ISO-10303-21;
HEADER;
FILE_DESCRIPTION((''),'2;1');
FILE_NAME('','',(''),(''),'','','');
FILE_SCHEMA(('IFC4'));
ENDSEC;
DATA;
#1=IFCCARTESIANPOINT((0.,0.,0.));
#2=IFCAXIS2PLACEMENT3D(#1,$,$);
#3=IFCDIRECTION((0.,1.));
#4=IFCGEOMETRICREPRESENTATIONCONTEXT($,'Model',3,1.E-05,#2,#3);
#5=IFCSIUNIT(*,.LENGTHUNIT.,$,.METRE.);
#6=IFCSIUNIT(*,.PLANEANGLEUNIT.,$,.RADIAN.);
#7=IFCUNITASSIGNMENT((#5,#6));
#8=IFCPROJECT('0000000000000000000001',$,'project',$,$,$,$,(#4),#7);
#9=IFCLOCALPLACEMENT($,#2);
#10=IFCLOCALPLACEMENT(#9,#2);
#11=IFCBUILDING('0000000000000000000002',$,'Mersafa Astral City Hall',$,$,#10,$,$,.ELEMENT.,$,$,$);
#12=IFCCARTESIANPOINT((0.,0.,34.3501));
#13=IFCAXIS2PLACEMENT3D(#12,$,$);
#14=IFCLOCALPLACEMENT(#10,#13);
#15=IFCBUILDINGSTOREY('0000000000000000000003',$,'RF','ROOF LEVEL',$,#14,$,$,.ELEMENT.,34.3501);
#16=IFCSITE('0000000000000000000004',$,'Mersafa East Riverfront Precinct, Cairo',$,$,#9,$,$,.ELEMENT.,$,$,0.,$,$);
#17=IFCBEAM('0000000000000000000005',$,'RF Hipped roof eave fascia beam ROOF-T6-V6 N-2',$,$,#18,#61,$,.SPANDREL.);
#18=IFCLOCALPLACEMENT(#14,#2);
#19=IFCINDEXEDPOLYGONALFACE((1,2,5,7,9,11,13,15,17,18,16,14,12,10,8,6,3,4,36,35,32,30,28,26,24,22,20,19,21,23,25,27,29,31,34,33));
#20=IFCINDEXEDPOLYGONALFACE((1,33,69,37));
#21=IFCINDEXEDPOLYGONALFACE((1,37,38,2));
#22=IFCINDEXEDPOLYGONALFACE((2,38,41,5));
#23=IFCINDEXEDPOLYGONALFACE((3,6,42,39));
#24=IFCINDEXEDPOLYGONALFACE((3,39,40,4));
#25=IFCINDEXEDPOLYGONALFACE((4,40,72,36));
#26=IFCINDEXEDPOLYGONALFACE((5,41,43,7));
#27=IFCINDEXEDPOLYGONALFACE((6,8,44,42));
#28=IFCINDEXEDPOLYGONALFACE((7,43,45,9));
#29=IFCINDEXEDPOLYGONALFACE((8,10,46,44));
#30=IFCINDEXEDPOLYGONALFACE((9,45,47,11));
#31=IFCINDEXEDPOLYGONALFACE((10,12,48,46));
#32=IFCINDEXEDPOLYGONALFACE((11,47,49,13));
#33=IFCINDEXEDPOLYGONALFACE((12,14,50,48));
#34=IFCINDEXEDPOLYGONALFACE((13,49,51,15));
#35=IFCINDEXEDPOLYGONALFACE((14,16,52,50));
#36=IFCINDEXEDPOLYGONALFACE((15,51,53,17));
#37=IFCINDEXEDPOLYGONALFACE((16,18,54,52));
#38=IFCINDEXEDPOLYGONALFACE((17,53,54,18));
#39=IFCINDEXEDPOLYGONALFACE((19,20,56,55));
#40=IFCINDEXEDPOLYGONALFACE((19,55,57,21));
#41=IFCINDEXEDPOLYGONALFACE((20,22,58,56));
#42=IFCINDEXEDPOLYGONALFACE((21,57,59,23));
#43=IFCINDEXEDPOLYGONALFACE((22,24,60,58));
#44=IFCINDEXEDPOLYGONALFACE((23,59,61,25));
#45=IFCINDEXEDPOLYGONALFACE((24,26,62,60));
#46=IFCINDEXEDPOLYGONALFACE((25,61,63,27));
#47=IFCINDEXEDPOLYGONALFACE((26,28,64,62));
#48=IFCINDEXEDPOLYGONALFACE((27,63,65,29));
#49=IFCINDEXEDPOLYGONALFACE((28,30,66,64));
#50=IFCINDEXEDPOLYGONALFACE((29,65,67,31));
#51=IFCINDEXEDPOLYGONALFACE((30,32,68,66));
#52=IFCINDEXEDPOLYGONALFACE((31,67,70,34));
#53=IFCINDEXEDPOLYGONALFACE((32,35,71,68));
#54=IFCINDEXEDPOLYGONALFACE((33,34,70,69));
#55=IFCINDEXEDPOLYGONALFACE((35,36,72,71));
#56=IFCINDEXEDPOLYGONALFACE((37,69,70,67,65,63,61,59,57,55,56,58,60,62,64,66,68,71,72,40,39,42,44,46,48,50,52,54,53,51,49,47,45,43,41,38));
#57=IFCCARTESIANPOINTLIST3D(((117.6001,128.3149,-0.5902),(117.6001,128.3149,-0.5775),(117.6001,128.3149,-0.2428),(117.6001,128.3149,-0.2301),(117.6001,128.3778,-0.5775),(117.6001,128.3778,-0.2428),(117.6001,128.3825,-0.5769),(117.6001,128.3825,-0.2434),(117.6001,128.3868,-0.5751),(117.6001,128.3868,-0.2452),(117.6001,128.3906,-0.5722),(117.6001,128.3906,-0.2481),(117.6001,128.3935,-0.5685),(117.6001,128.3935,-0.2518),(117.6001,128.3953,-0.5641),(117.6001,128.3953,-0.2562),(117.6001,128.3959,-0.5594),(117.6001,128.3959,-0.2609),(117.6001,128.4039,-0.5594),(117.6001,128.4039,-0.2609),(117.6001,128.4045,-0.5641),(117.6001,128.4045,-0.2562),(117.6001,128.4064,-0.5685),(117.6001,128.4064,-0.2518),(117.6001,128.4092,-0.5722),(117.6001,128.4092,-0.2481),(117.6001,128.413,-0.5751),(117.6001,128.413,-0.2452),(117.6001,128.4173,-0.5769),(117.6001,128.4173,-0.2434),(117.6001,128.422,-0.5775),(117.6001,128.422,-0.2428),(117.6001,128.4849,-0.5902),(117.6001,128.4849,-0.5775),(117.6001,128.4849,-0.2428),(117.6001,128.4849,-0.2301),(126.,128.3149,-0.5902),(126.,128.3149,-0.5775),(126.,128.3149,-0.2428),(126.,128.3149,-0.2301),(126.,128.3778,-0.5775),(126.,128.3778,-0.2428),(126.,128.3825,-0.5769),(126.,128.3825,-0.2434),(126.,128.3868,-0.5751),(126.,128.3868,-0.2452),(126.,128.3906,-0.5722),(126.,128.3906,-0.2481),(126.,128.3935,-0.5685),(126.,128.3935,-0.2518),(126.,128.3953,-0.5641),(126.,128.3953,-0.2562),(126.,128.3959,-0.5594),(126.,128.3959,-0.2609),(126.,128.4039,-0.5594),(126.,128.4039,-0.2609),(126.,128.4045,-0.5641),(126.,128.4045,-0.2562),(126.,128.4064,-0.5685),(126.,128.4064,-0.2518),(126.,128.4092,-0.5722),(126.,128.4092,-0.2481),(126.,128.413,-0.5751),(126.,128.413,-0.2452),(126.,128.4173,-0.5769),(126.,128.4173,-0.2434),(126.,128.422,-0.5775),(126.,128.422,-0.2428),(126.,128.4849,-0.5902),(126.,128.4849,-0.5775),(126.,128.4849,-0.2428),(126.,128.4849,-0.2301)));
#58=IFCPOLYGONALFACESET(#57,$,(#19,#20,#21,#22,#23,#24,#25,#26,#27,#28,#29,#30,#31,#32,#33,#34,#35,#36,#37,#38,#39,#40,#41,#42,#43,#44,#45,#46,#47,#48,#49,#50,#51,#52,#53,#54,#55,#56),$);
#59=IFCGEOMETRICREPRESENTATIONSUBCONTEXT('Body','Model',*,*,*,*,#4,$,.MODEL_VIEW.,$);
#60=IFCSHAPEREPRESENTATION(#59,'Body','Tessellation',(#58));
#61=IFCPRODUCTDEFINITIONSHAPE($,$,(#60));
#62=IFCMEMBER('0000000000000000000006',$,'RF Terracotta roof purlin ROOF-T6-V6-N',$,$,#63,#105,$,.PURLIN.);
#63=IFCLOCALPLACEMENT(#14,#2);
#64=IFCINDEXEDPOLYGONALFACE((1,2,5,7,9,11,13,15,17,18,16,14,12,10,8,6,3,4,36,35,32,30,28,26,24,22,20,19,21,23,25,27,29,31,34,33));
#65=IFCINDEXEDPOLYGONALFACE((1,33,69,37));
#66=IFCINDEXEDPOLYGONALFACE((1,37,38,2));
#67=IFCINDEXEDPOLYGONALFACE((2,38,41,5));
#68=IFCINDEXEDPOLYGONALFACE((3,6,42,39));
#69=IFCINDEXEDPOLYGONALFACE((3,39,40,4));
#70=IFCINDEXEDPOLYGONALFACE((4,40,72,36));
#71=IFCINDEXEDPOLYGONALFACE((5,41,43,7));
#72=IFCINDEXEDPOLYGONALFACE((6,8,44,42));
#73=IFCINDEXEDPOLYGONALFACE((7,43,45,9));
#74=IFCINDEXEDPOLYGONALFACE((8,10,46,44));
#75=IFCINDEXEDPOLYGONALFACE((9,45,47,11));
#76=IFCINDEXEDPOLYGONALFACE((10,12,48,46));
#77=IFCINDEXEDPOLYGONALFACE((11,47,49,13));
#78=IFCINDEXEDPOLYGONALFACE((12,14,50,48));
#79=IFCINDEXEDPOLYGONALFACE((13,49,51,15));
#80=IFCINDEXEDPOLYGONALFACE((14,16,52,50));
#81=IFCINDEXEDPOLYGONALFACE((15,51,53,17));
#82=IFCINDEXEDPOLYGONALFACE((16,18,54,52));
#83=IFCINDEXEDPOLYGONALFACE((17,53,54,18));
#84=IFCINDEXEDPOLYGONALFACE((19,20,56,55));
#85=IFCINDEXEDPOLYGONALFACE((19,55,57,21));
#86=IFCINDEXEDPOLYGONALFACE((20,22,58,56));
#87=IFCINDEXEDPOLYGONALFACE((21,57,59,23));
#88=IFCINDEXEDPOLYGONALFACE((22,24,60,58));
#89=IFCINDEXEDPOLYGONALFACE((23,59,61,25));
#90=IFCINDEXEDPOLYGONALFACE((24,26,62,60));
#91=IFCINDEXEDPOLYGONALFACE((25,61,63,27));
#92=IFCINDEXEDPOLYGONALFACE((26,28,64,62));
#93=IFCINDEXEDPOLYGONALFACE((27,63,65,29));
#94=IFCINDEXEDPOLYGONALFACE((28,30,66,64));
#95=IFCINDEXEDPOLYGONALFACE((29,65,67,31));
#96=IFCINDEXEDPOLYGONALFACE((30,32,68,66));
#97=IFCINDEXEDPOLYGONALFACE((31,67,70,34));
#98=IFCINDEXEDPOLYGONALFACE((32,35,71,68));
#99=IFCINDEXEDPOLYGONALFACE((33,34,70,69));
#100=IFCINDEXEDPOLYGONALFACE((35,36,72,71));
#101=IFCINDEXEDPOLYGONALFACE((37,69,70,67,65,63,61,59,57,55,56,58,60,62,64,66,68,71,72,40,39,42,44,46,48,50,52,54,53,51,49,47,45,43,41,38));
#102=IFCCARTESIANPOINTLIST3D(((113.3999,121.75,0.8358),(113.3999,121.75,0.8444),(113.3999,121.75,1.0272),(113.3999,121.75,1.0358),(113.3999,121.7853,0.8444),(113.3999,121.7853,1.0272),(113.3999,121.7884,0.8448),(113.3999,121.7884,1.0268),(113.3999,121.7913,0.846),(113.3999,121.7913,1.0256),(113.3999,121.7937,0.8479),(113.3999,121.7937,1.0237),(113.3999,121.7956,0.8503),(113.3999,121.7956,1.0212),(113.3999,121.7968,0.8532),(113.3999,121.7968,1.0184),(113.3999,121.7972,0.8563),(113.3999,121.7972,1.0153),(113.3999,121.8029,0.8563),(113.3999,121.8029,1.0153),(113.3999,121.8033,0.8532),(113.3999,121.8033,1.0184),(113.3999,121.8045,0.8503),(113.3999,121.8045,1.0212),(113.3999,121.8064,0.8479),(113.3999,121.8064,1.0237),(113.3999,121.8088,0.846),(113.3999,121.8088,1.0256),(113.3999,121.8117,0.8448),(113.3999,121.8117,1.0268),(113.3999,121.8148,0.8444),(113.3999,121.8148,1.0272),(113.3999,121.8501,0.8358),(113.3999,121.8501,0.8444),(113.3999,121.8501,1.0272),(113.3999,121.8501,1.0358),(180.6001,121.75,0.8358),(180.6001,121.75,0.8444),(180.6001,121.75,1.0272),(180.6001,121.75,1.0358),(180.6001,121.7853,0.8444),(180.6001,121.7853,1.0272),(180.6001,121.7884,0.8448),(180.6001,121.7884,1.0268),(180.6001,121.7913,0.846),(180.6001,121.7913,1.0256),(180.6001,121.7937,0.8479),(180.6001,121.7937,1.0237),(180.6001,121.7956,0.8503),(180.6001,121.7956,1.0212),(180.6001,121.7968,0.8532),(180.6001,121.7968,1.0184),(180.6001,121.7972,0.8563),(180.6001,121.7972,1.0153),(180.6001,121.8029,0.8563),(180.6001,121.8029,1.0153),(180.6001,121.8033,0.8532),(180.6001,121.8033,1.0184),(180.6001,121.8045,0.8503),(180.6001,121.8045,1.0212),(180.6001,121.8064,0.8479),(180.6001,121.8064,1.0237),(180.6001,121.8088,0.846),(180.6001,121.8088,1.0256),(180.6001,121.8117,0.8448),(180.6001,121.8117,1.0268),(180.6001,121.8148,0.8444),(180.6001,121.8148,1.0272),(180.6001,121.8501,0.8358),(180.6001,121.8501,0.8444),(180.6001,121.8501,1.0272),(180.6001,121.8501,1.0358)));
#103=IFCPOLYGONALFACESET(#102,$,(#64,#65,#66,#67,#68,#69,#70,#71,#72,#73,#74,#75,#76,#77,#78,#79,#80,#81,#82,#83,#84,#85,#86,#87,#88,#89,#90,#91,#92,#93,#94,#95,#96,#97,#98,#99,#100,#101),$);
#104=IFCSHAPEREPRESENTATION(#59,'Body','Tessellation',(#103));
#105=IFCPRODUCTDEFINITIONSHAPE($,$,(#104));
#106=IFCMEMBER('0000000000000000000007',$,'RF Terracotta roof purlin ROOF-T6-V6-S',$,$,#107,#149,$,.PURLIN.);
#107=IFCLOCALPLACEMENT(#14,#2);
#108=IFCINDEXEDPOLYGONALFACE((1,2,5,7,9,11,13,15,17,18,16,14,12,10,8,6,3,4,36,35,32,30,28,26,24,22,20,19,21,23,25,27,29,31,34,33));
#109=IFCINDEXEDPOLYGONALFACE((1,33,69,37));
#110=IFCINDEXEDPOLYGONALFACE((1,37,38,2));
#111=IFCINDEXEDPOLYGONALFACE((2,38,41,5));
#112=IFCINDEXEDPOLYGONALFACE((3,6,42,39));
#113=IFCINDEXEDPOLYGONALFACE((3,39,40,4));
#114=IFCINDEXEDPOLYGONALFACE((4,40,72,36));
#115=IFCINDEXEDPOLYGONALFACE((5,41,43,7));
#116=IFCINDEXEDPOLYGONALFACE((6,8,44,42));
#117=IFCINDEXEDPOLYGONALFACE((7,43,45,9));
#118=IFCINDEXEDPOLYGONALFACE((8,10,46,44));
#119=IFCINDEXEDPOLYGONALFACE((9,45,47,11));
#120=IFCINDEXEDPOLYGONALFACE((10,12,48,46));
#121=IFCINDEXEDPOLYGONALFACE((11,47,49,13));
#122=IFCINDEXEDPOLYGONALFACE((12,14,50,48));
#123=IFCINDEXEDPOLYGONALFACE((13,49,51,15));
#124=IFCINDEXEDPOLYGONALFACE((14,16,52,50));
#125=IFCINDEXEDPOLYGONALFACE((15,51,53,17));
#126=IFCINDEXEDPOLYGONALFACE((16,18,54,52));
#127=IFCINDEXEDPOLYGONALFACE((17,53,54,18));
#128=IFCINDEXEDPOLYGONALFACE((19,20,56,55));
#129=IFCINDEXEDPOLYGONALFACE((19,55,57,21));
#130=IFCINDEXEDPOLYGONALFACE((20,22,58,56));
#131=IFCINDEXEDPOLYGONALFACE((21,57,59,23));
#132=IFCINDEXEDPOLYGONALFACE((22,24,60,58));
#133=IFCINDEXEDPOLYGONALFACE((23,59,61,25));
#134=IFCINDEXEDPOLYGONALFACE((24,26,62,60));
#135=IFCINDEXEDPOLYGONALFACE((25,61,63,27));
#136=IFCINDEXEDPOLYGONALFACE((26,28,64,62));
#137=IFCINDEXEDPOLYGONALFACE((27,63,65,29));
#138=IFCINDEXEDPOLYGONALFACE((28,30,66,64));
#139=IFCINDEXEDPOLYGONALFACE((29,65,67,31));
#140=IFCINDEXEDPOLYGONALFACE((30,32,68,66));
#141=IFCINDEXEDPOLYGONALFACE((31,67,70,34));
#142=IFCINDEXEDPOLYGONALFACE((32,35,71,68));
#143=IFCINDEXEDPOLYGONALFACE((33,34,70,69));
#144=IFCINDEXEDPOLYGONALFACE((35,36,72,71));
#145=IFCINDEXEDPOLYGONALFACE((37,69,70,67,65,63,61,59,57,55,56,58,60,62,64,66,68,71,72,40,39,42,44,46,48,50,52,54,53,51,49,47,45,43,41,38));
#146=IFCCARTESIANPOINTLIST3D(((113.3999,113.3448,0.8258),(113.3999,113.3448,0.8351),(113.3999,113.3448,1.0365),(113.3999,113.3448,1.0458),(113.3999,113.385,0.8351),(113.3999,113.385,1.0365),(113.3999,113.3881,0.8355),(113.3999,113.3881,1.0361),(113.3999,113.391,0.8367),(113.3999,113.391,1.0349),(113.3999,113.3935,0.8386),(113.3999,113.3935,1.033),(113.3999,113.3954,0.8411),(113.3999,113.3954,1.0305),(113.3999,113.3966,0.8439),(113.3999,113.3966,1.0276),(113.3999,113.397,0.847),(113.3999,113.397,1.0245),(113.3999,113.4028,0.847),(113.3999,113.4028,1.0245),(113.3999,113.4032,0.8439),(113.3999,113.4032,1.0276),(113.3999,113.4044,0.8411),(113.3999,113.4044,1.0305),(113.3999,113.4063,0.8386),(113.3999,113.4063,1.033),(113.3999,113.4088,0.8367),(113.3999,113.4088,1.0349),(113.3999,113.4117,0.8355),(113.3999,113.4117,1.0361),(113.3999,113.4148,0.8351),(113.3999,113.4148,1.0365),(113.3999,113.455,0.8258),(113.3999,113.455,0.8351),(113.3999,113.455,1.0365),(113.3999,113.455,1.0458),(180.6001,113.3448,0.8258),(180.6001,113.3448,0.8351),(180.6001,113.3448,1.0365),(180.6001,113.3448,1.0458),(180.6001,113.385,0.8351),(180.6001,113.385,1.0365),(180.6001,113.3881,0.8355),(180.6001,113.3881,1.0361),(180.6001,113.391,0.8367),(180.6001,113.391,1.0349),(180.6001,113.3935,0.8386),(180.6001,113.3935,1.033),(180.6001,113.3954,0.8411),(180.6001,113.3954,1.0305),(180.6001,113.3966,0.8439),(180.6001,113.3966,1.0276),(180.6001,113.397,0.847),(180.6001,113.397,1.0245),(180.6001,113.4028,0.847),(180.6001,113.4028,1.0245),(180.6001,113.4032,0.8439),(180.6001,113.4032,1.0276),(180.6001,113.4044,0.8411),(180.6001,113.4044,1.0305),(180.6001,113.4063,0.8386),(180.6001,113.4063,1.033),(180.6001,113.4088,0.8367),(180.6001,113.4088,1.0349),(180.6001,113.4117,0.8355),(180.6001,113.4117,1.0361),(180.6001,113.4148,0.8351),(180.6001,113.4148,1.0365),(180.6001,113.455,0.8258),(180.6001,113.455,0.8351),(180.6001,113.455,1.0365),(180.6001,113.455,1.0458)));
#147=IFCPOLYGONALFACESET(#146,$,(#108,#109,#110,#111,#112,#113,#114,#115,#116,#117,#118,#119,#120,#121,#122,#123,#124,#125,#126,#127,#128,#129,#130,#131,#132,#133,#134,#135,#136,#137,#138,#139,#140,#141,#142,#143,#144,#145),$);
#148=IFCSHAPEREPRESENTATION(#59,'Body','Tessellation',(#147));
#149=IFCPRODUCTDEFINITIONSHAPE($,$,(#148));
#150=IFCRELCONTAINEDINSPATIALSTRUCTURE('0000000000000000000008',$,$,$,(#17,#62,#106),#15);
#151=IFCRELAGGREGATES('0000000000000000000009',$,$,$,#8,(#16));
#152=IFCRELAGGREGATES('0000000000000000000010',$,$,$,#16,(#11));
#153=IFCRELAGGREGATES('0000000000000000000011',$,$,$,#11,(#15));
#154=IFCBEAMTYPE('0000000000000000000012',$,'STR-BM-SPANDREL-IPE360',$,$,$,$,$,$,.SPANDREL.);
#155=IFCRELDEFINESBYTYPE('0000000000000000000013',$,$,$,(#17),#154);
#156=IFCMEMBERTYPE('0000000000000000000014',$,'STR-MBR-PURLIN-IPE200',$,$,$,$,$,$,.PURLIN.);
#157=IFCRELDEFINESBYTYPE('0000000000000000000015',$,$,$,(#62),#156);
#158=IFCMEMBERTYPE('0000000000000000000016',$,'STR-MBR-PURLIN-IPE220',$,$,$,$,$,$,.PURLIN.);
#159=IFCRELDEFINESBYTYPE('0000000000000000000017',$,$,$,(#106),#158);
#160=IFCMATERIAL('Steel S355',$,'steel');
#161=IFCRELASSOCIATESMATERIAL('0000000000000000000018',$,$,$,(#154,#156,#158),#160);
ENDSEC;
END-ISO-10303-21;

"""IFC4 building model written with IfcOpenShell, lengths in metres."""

from ifc_helpers import new_model, si_unit, direction, frame, origin, origin_2d, place, context, subcontext, project, spatial, i_section, extrude, material, material_profile, profile_set, type_object, element, save


model = new_model("IFC4")

# Units and contexts
model_context = context("Model", 3, precision=1e-05, world=origin(), true_north=direction((0.0, 1.0)))
body_context = subcontext(model_context, "Body", "Model", "MODEL_VIEW")
ifc_project = project(units=[si_unit("LENGTHUNIT", "METRE"), si_unit("PLANEANGLEUNIT", "RADIAN")], contexts=[model_context])

# Site, building, storey
site_placement = place(None, origin())
site = spatial("IfcSite", under=ifc_project, at=site_placement, Name="Mersafa East Riverfront Precinct, Cairo", CompositionType="ELEMENT", RefElevation=0.0)
building_placement = place(site_placement, origin())
building = spatial("IfcBuilding", under=site, at=building_placement, Name="Mersafa Astral City Hall", CompositionType="ELEMENT")
storey_placement = place(building_placement, frame((0.0, 0.0, 34.3501)))
storey = spatial("IfcBuildingStorey", under=building, at=storey_placement, Name="RF", Description="ROOF LEVEL", CompositionType="ELEMENT", Elevation=34.3501)

# Shared definitions
ifc_material_1 = material(Name="Steel S355", Category="steel")

# Beam
ifc_material_profile_1 = material_profile(ifc_material_1, i_section(OverallWidth=0.1699, OverallDepth=0.3601, WebThickness=0.0081, FlangeThickness=0.0127, FilletRadius=0.0181, at=origin_2d()), Name="IPE 360")
ifc_profile_set_1 = profile_set([ifc_material_profile_1], Name="Steel S355")
beam_type_1 = type_object("IfcBeamType", Name="STR-BM-SPANDREL-IPE360", PredefinedType="SPANDREL", material=ifc_profile_set_1)
beam_1_placement = place(storey_placement, frame((117.6001, 128.3999, -0.4102), z_axis=(1.0, 0.0, 0.0), x_axis=(0.0, 1.0, 0.0)))
element("IfcBeam", 1, at=beam_1_placement, inside=storey, type_object=beam_type_1, Name="RF Hipped roof eave fascia beam ROOF-T6-V6 N-2", PredefinedType="SPANDREL", context=body_context, shape_type="SweptSolid", body=[
    extrude(i_section(OverallWidth=0.1699, OverallDepth=0.3601, WebThickness=0.0081, FlangeThickness=0.0127, FilletRadius=0.0181, at=origin_2d()), origin(), (0.0, 0.0, 1.0), 8.3999),
])

# Members
ifc_material_profile_2 = material_profile(ifc_material_1, i_section(OverallWidth=0.1001, OverallDepth=0.2, WebThickness=0.0056, FlangeThickness=0.0085, FilletRadius=0.012, at=origin_2d()), Name="IPE 200")
ifc_profile_set_2 = profile_set([ifc_material_profile_2], Name="Steel S355")
member_type_1 = type_object("IfcMemberType", Name="STR-MBR-PURLIN-IPE200", PredefinedType="PURLIN", material=ifc_profile_set_2)
member_1_placement = place(storey_placement, frame((113.3999, 121.8, 0.9358), z_axis=(1.0, 0.0, 0.0), x_axis=(0.0, 1.0, 0.0)))
element("IfcMember", 2, at=member_1_placement, inside=storey, type_object=member_type_1, Name="RF Terracotta roof purlin ROOF-T6-V6-N", PredefinedType="PURLIN", context=body_context, shape_type="SweptSolid", body=[
    extrude(i_section(OverallWidth=0.1001, OverallDepth=0.2, WebThickness=0.0056, FlangeThickness=0.0085, FilletRadius=0.012, at=origin_2d()), origin(), (0.0, 0.0, 1.0), 67.2002),
])
ifc_material_profile_3 = material_profile(ifc_material_1, i_section(OverallWidth=0.1101, OverallDepth=0.22, WebThickness=0.0059, FlangeThickness=0.0093, FilletRadius=0.012, at=origin_2d()), Name="IPE 220")
ifc_profile_set_3 = profile_set([ifc_material_profile_3], Name="Steel S355")
member_type_2 = type_object("IfcMemberType", Name="STR-MBR-PURLIN-IPE220", PredefinedType="PURLIN", material=ifc_profile_set_3)
member_2_placement = place(storey_placement, frame((113.3999, 113.3999, 0.9358), z_axis=(1.0, 0.0, 0.0), x_axis=(0.0, 1.0, 0.0)))
element("IfcMember", 3, at=member_2_placement, inside=storey, type_object=member_type_2, Name="RF Terracotta roof purlin ROOF-T6-V6-S", PredefinedType="PURLIN", context=body_context, shape_type="SweptSolid", body=[
    extrude(i_section(OverallWidth=0.1101, OverallDepth=0.22, WebThickness=0.0059, FlangeThickness=0.0093, FilletRadius=0.012, at=origin_2d()), origin(), (0.0, 0.0, 1.0), 67.2002),
])

save(model, "model.ifc")
